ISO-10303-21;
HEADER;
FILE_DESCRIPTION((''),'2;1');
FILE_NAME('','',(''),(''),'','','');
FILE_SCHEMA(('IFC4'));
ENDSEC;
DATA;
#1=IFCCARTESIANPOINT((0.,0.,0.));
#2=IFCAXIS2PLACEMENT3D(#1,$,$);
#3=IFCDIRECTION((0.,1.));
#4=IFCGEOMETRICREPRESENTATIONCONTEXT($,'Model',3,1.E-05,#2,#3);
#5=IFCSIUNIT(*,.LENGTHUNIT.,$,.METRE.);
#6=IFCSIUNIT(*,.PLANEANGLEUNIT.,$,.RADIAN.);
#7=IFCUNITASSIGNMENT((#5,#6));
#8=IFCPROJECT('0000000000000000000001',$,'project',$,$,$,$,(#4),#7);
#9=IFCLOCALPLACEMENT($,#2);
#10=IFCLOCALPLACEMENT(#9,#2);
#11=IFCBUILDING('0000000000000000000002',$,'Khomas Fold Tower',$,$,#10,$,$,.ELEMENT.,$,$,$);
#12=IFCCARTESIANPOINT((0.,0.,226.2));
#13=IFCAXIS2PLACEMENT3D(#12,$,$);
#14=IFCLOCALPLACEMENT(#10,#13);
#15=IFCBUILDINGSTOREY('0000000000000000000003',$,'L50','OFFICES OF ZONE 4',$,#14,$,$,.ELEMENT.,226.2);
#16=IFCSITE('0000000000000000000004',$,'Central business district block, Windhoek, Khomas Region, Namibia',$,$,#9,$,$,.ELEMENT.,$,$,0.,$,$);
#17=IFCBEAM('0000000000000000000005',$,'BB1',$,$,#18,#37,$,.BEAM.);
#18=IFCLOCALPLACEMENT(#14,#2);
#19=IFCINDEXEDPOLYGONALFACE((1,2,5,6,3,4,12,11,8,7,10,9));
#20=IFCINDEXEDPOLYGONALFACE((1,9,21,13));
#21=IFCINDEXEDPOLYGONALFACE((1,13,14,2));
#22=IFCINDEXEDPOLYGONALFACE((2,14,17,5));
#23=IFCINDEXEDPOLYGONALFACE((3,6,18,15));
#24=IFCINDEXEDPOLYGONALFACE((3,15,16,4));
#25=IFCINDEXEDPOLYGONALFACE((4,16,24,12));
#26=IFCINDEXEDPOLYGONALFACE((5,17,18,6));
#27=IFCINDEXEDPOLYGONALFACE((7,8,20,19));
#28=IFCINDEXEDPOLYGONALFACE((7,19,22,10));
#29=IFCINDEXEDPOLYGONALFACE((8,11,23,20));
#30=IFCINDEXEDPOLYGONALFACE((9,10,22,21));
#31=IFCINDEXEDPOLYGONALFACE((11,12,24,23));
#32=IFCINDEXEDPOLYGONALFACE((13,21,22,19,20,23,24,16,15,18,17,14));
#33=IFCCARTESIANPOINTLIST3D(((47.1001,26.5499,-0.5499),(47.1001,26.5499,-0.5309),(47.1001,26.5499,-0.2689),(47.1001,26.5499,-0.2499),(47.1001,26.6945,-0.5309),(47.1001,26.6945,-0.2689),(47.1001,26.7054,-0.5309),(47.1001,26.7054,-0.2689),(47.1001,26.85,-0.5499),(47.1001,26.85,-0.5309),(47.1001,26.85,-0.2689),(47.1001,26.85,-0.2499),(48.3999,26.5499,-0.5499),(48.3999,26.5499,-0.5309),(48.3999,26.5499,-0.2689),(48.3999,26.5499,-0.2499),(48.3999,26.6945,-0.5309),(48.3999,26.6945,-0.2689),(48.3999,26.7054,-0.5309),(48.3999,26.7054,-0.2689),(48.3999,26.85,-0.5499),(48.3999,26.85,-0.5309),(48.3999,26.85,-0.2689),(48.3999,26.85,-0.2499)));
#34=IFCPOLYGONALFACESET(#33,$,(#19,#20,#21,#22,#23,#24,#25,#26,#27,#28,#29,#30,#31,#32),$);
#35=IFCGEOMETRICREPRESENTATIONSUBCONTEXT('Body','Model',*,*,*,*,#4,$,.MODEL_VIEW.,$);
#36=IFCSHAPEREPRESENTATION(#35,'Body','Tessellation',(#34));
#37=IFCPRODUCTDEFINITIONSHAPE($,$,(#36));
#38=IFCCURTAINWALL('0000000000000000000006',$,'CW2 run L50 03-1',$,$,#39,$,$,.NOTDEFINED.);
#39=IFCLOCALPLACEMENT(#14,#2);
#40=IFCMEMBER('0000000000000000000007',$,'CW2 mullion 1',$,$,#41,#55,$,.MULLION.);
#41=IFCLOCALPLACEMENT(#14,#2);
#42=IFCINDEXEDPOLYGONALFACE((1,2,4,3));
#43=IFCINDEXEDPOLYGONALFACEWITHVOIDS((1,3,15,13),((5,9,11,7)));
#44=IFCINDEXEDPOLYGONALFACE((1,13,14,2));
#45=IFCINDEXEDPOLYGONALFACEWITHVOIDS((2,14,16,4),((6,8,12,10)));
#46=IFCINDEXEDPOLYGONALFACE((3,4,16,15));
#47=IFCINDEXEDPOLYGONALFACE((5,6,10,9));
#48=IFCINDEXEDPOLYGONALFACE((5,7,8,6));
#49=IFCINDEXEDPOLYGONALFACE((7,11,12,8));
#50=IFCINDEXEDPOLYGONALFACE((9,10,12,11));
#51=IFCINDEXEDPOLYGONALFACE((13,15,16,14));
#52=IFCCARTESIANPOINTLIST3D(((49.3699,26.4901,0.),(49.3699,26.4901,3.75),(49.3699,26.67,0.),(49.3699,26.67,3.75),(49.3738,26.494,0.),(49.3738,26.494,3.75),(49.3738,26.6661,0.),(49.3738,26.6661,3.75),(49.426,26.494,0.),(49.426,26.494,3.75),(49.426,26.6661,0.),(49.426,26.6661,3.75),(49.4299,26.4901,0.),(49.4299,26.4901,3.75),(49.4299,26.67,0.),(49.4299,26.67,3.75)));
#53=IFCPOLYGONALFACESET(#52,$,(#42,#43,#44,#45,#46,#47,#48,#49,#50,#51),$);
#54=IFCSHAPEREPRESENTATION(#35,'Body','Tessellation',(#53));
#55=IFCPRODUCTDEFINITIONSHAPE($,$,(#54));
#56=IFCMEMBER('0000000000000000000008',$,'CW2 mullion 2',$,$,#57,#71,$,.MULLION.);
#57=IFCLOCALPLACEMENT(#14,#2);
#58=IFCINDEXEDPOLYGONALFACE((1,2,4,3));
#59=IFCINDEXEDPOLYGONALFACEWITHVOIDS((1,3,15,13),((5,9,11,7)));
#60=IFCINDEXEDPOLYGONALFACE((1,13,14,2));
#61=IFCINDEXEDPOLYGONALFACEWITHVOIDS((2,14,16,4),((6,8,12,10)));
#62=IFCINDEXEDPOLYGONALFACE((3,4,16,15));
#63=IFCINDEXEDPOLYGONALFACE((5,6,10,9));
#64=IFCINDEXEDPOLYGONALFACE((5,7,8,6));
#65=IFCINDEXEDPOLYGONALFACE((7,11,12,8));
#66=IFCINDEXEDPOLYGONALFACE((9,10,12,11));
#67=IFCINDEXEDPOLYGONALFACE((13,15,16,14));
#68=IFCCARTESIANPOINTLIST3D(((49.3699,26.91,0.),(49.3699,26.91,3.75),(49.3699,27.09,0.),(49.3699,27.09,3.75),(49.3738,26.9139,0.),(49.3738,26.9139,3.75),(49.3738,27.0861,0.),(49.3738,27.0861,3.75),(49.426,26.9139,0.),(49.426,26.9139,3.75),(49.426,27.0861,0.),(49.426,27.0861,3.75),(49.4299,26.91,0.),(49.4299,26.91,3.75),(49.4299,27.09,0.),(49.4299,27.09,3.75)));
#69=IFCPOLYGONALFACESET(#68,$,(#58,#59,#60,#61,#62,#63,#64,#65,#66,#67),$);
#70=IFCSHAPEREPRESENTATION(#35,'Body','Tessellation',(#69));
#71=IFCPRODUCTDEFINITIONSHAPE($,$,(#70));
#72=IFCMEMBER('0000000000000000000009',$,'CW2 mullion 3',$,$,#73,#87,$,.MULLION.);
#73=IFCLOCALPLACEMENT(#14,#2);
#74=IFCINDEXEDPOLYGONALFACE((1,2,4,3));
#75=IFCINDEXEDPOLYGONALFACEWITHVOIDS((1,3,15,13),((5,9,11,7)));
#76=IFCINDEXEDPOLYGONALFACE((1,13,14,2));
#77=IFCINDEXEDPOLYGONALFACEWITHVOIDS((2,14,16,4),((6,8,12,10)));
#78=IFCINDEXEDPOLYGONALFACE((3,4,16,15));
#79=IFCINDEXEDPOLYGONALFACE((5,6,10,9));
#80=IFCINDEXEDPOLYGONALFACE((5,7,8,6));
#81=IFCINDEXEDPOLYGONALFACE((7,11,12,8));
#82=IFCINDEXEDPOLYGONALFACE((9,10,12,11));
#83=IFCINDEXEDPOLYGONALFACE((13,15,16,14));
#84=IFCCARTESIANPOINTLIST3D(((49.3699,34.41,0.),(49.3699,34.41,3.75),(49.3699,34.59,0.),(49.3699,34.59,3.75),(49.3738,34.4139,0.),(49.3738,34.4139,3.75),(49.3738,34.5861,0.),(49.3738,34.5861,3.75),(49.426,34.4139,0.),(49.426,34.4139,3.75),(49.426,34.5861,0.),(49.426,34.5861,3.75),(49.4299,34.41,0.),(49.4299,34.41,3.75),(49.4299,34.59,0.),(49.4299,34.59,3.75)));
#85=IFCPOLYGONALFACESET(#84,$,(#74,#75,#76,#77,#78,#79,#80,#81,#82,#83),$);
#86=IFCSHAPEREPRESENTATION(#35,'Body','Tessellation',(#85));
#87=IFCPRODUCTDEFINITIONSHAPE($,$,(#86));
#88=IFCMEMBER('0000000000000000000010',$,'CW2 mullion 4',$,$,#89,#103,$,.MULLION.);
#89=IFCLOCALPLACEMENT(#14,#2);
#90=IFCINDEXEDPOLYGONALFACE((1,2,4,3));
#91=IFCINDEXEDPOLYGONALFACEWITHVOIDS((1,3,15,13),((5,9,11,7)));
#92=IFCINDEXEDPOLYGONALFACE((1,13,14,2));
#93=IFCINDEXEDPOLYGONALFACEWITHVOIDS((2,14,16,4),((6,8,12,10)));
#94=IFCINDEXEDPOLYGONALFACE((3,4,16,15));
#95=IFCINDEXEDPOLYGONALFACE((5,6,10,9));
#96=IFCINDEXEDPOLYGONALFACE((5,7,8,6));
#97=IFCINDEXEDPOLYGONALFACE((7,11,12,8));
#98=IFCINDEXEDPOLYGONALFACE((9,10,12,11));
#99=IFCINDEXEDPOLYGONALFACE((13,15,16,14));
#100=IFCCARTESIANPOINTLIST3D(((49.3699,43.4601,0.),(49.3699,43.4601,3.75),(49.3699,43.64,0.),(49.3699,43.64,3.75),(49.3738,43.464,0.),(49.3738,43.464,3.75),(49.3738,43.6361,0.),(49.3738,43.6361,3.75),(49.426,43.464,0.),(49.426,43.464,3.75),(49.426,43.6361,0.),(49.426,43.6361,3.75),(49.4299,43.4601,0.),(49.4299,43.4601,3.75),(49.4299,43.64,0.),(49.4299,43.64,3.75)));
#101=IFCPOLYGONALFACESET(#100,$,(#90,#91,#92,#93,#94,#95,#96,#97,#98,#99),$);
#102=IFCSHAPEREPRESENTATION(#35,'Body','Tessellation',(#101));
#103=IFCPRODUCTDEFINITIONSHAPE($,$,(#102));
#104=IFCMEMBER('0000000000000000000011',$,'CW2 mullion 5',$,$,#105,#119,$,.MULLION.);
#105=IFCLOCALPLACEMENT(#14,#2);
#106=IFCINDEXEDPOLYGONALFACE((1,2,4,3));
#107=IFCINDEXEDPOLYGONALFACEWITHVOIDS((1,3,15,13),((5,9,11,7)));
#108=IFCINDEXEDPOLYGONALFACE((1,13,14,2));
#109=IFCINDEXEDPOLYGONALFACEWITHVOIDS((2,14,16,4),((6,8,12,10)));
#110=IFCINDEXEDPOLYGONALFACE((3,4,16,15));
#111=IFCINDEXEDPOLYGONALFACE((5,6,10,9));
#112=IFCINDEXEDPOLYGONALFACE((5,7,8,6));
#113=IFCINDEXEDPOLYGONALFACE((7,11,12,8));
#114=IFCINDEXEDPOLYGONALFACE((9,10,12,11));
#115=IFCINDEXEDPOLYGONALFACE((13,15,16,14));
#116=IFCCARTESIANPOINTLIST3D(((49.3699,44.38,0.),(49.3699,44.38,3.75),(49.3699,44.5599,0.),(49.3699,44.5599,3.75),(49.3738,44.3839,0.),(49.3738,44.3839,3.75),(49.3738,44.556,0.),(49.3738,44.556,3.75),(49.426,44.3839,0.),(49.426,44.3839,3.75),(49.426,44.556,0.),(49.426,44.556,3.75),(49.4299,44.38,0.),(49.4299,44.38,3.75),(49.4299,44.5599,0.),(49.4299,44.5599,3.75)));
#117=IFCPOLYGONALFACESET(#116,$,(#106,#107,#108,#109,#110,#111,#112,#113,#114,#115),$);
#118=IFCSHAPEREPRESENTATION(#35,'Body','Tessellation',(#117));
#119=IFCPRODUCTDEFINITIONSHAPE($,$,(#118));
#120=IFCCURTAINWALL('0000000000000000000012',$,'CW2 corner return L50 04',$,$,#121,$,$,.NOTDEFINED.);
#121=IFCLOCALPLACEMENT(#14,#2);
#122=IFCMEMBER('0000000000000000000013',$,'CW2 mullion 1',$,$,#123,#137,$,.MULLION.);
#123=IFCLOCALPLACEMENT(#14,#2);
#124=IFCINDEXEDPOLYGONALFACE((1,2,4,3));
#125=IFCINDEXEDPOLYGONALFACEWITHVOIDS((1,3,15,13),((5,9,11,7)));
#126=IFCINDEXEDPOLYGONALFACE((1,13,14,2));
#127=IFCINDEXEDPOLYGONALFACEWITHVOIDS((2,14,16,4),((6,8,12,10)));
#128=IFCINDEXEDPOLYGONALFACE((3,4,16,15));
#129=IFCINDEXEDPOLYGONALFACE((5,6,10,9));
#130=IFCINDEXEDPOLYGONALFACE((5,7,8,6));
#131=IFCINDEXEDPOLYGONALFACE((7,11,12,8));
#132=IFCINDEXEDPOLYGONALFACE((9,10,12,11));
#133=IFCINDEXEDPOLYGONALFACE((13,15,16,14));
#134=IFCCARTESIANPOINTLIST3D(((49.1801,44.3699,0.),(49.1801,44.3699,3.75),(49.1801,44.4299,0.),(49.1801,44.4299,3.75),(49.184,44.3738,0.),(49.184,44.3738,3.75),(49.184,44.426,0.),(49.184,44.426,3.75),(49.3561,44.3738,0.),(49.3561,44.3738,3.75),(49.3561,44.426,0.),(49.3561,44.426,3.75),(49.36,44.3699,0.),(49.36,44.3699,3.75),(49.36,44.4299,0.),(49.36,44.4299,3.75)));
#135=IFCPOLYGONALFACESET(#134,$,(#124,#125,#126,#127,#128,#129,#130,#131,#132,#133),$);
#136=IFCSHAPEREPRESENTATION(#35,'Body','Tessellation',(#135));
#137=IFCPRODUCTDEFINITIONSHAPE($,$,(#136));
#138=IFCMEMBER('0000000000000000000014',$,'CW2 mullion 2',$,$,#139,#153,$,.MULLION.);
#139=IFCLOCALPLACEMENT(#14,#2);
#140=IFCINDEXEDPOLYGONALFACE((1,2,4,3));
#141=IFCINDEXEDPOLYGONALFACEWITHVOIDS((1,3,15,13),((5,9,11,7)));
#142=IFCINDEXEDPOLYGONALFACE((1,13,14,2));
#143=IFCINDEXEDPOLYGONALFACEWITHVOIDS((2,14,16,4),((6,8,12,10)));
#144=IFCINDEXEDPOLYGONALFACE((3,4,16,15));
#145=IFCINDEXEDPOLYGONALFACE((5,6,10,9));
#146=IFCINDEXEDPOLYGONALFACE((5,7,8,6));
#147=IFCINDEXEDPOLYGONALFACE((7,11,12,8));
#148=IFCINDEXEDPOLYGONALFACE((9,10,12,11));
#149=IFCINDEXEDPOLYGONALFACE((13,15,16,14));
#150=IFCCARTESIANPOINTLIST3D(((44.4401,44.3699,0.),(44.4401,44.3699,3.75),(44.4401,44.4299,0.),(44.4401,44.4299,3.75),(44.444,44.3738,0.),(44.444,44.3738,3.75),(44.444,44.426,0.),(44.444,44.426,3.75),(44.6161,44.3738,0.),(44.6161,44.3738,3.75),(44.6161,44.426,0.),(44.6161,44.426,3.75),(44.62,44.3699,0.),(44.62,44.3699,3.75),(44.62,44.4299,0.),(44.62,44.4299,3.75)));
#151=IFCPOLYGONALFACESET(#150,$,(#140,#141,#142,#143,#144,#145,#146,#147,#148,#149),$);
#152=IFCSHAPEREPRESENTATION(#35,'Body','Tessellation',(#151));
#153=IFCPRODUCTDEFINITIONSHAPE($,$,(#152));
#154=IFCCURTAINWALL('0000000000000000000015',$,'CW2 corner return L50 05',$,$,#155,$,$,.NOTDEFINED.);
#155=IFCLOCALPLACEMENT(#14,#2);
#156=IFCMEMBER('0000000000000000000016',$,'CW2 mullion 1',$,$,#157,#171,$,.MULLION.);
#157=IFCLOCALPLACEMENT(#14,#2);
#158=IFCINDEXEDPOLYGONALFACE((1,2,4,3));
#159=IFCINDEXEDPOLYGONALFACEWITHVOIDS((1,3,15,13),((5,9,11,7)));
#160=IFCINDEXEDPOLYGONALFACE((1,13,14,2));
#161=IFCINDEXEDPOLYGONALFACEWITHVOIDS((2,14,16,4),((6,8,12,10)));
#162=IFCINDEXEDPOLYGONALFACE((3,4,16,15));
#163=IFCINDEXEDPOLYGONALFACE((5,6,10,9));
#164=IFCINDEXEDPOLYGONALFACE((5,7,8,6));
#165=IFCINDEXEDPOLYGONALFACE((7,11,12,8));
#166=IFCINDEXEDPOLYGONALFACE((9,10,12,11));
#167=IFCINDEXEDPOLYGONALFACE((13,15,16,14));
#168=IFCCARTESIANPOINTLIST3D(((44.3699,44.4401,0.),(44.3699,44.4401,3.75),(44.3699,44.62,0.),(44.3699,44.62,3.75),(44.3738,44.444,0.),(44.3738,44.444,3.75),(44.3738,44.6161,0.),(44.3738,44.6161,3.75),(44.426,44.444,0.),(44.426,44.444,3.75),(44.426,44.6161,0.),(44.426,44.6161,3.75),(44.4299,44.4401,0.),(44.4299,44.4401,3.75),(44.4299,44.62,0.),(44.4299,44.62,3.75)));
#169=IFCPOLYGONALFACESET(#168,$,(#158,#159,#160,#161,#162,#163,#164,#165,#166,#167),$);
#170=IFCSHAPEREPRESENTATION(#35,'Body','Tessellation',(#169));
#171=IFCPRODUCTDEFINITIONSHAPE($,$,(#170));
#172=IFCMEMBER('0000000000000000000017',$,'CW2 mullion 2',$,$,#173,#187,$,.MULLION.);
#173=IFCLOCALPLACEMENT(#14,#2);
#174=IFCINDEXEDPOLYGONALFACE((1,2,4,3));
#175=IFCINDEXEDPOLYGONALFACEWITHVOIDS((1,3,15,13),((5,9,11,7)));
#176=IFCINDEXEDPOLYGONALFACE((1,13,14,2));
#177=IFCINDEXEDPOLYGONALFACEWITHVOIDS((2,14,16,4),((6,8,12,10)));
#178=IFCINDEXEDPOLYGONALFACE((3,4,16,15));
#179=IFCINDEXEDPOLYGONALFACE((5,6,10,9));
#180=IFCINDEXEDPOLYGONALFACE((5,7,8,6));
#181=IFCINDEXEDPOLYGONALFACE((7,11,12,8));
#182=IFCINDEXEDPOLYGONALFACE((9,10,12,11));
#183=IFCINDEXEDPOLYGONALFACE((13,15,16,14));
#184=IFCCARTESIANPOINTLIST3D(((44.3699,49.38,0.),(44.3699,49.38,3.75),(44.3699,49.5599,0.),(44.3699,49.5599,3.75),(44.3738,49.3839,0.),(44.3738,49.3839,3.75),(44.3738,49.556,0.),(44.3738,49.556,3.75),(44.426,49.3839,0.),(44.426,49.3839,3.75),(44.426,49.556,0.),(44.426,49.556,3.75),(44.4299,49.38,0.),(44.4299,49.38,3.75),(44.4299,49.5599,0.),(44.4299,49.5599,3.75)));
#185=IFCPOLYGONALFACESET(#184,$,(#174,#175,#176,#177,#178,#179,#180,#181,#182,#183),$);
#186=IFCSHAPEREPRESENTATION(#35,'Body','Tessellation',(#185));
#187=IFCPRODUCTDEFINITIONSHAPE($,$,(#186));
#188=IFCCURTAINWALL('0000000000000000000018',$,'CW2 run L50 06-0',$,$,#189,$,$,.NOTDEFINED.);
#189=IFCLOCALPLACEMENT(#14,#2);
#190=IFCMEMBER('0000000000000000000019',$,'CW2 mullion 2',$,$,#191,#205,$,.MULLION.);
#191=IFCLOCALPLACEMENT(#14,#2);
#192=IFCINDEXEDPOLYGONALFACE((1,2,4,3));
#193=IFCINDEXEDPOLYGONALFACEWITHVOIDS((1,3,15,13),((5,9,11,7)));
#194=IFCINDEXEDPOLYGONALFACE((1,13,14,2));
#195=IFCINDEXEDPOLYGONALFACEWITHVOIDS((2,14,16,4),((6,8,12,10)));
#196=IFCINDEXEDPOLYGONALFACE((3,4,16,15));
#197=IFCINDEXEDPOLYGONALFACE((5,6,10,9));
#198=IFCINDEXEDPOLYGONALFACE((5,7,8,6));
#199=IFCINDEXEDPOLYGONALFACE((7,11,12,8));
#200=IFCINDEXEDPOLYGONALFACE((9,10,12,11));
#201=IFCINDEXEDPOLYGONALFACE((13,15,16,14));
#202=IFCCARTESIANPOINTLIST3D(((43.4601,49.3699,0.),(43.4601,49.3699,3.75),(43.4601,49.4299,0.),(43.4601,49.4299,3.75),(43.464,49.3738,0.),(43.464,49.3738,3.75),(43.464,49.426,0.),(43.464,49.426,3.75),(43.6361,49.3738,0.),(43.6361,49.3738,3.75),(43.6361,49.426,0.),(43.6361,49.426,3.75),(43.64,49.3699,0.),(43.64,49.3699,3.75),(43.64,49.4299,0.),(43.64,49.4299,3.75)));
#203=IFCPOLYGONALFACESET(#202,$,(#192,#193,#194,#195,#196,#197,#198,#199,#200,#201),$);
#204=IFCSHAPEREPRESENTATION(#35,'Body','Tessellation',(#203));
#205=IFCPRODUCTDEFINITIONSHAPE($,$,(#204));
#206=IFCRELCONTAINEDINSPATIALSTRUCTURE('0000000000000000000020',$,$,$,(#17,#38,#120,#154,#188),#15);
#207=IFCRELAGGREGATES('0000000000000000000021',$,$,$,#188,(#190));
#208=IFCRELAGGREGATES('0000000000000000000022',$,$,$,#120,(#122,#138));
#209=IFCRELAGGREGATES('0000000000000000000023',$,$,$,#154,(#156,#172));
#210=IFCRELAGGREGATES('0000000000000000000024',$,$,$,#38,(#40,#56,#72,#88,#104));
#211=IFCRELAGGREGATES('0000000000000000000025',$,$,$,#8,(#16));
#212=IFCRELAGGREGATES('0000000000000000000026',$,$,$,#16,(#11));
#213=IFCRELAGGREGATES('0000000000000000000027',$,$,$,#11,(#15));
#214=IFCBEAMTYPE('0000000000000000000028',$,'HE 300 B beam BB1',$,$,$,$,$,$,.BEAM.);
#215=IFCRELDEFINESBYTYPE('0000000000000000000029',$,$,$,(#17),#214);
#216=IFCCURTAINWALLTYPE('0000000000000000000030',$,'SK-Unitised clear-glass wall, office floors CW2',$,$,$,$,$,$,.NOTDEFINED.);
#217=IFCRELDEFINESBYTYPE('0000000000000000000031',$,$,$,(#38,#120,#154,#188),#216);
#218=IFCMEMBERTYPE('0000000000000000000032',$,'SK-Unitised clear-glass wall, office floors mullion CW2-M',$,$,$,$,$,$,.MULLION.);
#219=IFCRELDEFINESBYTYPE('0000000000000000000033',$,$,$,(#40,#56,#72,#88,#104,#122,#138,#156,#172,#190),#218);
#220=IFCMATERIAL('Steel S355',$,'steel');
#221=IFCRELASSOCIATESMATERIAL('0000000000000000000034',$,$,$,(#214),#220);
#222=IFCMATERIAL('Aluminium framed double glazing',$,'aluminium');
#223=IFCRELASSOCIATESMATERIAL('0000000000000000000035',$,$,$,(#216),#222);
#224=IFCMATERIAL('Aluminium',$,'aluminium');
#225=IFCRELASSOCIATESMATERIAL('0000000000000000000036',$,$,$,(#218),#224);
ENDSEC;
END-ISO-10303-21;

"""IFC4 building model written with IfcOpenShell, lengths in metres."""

from ifc_helpers import new_model, si_unit, direction, frame, origin, origin_2d, place, context, subcontext, project, spatial, hollow_rectangle, i_section, extrude, source, transform, mapped, material, material_profile, profile_set, type_object, element, aggregate, save


model = new_model("IFC4")

# Units and contexts
model_context = context("Model", 3, precision=1e-05, world=origin(), true_north=direction((0.0, 1.0)))
body_context = subcontext(model_context, "Body", "Model", "MODEL_VIEW")
ifc_project = project(units=[si_unit("LENGTHUNIT", "METRE"), si_unit("PLANEANGLEUNIT", "RADIAN")], contexts=[model_context])

# Site, building, storey
site_placement = place(None, origin())
site = spatial("IfcSite", under=ifc_project, at=site_placement, Name="Central business district block, Windhoek, Khomas Region, Namibia", CompositionType="ELEMENT", RefElevation=0.0)
building_placement = place(site_placement, origin())
building = spatial("IfcBuilding", under=site, at=building_placement, Name="Khomas Fold Tower", CompositionType="ELEMENT")
storey_placement = place(building_placement, frame((0.0, 0.0, 226.2)))
storey = spatial("IfcBuildingStorey", under=building, at=storey_placement, Name="L50", Description="OFFICES OF ZONE 4", CompositionType="ELEMENT", Elevation=226.2)

# Beam
ifc_material_1 = material(Name="Steel S355", Category="steel")
ifc_material_profile_1 = material_profile(ifc_material_1, i_section(OverallWidth=0.3, OverallDepth=0.3, WebThickness=0.011, FlangeThickness=0.019, at=origin_2d()), Name="HE 300 B")
ifc_profile_set_1 = profile_set([ifc_material_profile_1], Name="Steel S355")
beam_type_1 = type_object("IfcBeamType", Name="HE 300 B beam BB1", PredefinedType="BEAM", material=ifc_profile_set_1)
shared_shape_1 = source(origin(), body_context, "Body", "SweptSolid", [
    extrude(i_section(OverallWidth=0.3, OverallDepth=0.3, WebThickness=0.011, FlangeThickness=0.019, at=origin_2d()), origin(), (0.0, 0.0, 1.0), 1.2998),
])
beam_1_placement = place(storey_placement, frame((47.1001, 26.7, -0.3999), z_axis=(1.0, 0.0, 0.0), x_axis=(0.0, 1.0, 0.0)))
element("IfcBeam", 1, at=beam_1_placement, inside=storey, type_object=beam_type_1, Name="BB1", PredefinedType="BEAM", context=body_context, shape_type="MappedRepresentation", body=[
    mapped(shared_shape_1, transform((0.0, 0.0, 0.0))),
])

# Curtain walls, members
ifc_material_2 = material(Name="Aluminium framed double glazing", Category="aluminium")
curtain_wall_type = type_object("IfcCurtainWallType", Name="SK-Unitised clear-glass wall, office floors CW2", PredefinedType="NOTDEFINED", material=ifc_material_2)
curtain_wall_1_placement = place(storey_placement, origin())
curtain_wall_1 = element("IfcCurtainWall", 2, at=curtain_wall_1_placement, inside=storey, type_object=curtain_wall_type, Name="CW2 run L50 03-1", PredefinedType="NOTDEFINED")
ifc_material_3 = material(Name="Aluminium", Category="aluminium")
ifc_material_profile_2 = material_profile(ifc_material_3, hollow_rectangle(XDim=0.0601, YDim=0.1799, WallThickness=0.0039, at=origin_2d()), Name="SK-Unitised clear-glass wall, office floors mullion CW2-M")
ifc_profile_set_2 = profile_set([ifc_material_profile_2], Name="Aluminium")
member_type_1 = type_object("IfcMemberType", Name="SK-Unitised clear-glass wall, office floors mullion CW2-M", PredefinedType="MULLION", material=ifc_profile_set_2)
shared_shape_2 = source(origin(), body_context, "Body", "SweptSolid", [
    extrude(hollow_rectangle(XDim=0.0601, YDim=0.1799, WallThickness=0.0039, at=origin_2d()), origin(), (0.0, 0.0, 1.0), 3.75),
])
member_1_placement = place(storey_placement, frame((49.3999, 26.5801, 0.0), z_axis=(0.0, 0.0, 1.0), x_axis=(-1.0, 0.0, 0.0)))
member_1 = element("IfcMember", 3, at=member_1_placement, type_object=member_type_1, Name="CW2 mullion 1", PredefinedType="MULLION", context=body_context, shape_type="MappedRepresentation", body=[
    mapped(shared_shape_2, transform((0.0, 0.0, 0.0))),
])
member_2_placement = place(storey_placement, frame((49.3999, 27.0, 0.0), z_axis=(0.0, 0.0, 1.0), x_axis=(-1.0, 0.0, 0.0)))
member_2 = element("IfcMember", 4, at=member_2_placement, type_object=member_type_1, Name="CW2 mullion 2", PredefinedType="MULLION", context=body_context, shape_type="MappedRepresentation", body=[
    mapped(shared_shape_2, transform((0.0, 0.0, 0.0))),
])
member_3_placement = place(storey_placement, frame((49.3999, 34.5, 0.0), z_axis=(0.0, 0.0, 1.0), x_axis=(-1.0, 0.0, 0.0)))
member_3 = element("IfcMember", 5, at=member_3_placement, type_object=member_type_1, Name="CW2 mullion 3", PredefinedType="MULLION", context=body_context, shape_type="MappedRepresentation", body=[
    mapped(shared_shape_2, transform((0.0, 0.0, 0.0))),
])
member_4_placement = place(storey_placement, frame((49.3999, 43.55, 0.0), z_axis=(0.0, 0.0, 1.0), x_axis=(-1.0, 0.0, 0.0)))
member_4 = element("IfcMember", 6, at=member_4_placement, type_object=member_type_1, Name="CW2 mullion 4", PredefinedType="MULLION", context=body_context, shape_type="MappedRepresentation", body=[
    mapped(shared_shape_2, transform((0.0, 0.0, 0.0))),
])
member_5_placement = place(storey_placement, frame((49.3999, 44.47, 0.0), z_axis=(0.0, 0.0, 1.0), x_axis=(-1.0, 0.0, 0.0)))
member_5 = element("IfcMember", 7, at=member_5_placement, type_object=member_type_1, Name="CW2 mullion 5", PredefinedType="MULLION", context=body_context, shape_type="MappedRepresentation", body=[
    mapped(shared_shape_2, transform((0.0, 0.0, 0.0))),
])
curtain_wall_2_placement = place(storey_placement, origin())
curtain_wall_2 = element("IfcCurtainWall", 8, at=curtain_wall_2_placement, inside=storey, type_object=curtain_wall_type, Name="CW2 corner return L50 04", PredefinedType="NOTDEFINED")
member_6_placement = place(storey_placement, frame((49.27, 44.3999, 0.0), z_axis=(0.0, 0.0, 1.0), x_axis=(0.0, -1.0, 0.0)))
member_6 = element("IfcMember", 9, at=member_6_placement, type_object=member_type_1, Name="CW2 mullion 1", PredefinedType="MULLION", context=body_context, shape_type="MappedRepresentation", body=[
    mapped(shared_shape_2, transform((0.0, 0.0, 0.0))),
])
member_7_placement = place(storey_placement, frame((44.53, 44.3999, 0.0), z_axis=(0.0, 0.0, 1.0), x_axis=(0.0, -1.0, 0.0)))
member_7 = element("IfcMember", 10, at=member_7_placement, type_object=member_type_1, Name="CW2 mullion 2", PredefinedType="MULLION", context=body_context, shape_type="MappedRepresentation", body=[
    mapped(shared_shape_2, transform((0.0, 0.0, 0.0))),
])
curtain_wall_3_placement = place(storey_placement, origin())
curtain_wall_3 = element("IfcCurtainWall", 11, at=curtain_wall_3_placement, inside=storey, type_object=curtain_wall_type, Name="CW2 corner return L50 05", PredefinedType="NOTDEFINED")
member_8_placement = place(storey_placement, frame((44.3999, 44.53, 0.0), z_axis=(0.0, 0.0, 1.0), x_axis=(-1.0, 0.0, 0.0)))
member_8 = element("IfcMember", 12, at=member_8_placement, type_object=member_type_1, Name="CW2 mullion 1", PredefinedType="MULLION", context=body_context, shape_type="MappedRepresentation", body=[
    mapped(shared_shape_2, transform((0.0, 0.0, 0.0))),
])
member_9_placement = place(storey_placement, frame((44.3999, 49.47, 0.0), z_axis=(0.0, 0.0, 1.0), x_axis=(-1.0, 0.0, 0.0)))
member_9 = element("IfcMember", 13, at=member_9_placement, type_object=member_type_1, Name="CW2 mullion 2", PredefinedType="MULLION", context=body_context, shape_type="MappedRepresentation", body=[
    mapped(shared_shape_2, transform((0.0, 0.0, 0.0))),
])
curtain_wall_4_placement = place(storey_placement, origin())
curtain_wall_4 = element("IfcCurtainWall", 14, at=curtain_wall_4_placement, inside=storey, type_object=curtain_wall_type, Name="CW2 run L50 06-0", PredefinedType="NOTDEFINED")
member_10_placement = place(storey_placement, frame((43.55, 49.3999, 0.0), z_axis=(0.0, 0.0, 1.0), x_axis=(0.0, -1.0, 0.0)))
member_10 = element("IfcMember", 15, at=member_10_placement, type_object=member_type_1, Name="CW2 mullion 2", PredefinedType="MULLION", context=body_context, shape_type="MappedRepresentation", body=[
    mapped(shared_shape_2, transform((0.0, 0.0, 0.0))),
])

aggregate(curtain_wall_4, [member_10])
aggregate(curtain_wall_2, [member_6, member_7])
aggregate(curtain_wall_3, [member_8, member_9])
aggregate(curtain_wall_1, [member_1, member_2, member_3, member_4, member_5])

save(model, "model.ifc")
